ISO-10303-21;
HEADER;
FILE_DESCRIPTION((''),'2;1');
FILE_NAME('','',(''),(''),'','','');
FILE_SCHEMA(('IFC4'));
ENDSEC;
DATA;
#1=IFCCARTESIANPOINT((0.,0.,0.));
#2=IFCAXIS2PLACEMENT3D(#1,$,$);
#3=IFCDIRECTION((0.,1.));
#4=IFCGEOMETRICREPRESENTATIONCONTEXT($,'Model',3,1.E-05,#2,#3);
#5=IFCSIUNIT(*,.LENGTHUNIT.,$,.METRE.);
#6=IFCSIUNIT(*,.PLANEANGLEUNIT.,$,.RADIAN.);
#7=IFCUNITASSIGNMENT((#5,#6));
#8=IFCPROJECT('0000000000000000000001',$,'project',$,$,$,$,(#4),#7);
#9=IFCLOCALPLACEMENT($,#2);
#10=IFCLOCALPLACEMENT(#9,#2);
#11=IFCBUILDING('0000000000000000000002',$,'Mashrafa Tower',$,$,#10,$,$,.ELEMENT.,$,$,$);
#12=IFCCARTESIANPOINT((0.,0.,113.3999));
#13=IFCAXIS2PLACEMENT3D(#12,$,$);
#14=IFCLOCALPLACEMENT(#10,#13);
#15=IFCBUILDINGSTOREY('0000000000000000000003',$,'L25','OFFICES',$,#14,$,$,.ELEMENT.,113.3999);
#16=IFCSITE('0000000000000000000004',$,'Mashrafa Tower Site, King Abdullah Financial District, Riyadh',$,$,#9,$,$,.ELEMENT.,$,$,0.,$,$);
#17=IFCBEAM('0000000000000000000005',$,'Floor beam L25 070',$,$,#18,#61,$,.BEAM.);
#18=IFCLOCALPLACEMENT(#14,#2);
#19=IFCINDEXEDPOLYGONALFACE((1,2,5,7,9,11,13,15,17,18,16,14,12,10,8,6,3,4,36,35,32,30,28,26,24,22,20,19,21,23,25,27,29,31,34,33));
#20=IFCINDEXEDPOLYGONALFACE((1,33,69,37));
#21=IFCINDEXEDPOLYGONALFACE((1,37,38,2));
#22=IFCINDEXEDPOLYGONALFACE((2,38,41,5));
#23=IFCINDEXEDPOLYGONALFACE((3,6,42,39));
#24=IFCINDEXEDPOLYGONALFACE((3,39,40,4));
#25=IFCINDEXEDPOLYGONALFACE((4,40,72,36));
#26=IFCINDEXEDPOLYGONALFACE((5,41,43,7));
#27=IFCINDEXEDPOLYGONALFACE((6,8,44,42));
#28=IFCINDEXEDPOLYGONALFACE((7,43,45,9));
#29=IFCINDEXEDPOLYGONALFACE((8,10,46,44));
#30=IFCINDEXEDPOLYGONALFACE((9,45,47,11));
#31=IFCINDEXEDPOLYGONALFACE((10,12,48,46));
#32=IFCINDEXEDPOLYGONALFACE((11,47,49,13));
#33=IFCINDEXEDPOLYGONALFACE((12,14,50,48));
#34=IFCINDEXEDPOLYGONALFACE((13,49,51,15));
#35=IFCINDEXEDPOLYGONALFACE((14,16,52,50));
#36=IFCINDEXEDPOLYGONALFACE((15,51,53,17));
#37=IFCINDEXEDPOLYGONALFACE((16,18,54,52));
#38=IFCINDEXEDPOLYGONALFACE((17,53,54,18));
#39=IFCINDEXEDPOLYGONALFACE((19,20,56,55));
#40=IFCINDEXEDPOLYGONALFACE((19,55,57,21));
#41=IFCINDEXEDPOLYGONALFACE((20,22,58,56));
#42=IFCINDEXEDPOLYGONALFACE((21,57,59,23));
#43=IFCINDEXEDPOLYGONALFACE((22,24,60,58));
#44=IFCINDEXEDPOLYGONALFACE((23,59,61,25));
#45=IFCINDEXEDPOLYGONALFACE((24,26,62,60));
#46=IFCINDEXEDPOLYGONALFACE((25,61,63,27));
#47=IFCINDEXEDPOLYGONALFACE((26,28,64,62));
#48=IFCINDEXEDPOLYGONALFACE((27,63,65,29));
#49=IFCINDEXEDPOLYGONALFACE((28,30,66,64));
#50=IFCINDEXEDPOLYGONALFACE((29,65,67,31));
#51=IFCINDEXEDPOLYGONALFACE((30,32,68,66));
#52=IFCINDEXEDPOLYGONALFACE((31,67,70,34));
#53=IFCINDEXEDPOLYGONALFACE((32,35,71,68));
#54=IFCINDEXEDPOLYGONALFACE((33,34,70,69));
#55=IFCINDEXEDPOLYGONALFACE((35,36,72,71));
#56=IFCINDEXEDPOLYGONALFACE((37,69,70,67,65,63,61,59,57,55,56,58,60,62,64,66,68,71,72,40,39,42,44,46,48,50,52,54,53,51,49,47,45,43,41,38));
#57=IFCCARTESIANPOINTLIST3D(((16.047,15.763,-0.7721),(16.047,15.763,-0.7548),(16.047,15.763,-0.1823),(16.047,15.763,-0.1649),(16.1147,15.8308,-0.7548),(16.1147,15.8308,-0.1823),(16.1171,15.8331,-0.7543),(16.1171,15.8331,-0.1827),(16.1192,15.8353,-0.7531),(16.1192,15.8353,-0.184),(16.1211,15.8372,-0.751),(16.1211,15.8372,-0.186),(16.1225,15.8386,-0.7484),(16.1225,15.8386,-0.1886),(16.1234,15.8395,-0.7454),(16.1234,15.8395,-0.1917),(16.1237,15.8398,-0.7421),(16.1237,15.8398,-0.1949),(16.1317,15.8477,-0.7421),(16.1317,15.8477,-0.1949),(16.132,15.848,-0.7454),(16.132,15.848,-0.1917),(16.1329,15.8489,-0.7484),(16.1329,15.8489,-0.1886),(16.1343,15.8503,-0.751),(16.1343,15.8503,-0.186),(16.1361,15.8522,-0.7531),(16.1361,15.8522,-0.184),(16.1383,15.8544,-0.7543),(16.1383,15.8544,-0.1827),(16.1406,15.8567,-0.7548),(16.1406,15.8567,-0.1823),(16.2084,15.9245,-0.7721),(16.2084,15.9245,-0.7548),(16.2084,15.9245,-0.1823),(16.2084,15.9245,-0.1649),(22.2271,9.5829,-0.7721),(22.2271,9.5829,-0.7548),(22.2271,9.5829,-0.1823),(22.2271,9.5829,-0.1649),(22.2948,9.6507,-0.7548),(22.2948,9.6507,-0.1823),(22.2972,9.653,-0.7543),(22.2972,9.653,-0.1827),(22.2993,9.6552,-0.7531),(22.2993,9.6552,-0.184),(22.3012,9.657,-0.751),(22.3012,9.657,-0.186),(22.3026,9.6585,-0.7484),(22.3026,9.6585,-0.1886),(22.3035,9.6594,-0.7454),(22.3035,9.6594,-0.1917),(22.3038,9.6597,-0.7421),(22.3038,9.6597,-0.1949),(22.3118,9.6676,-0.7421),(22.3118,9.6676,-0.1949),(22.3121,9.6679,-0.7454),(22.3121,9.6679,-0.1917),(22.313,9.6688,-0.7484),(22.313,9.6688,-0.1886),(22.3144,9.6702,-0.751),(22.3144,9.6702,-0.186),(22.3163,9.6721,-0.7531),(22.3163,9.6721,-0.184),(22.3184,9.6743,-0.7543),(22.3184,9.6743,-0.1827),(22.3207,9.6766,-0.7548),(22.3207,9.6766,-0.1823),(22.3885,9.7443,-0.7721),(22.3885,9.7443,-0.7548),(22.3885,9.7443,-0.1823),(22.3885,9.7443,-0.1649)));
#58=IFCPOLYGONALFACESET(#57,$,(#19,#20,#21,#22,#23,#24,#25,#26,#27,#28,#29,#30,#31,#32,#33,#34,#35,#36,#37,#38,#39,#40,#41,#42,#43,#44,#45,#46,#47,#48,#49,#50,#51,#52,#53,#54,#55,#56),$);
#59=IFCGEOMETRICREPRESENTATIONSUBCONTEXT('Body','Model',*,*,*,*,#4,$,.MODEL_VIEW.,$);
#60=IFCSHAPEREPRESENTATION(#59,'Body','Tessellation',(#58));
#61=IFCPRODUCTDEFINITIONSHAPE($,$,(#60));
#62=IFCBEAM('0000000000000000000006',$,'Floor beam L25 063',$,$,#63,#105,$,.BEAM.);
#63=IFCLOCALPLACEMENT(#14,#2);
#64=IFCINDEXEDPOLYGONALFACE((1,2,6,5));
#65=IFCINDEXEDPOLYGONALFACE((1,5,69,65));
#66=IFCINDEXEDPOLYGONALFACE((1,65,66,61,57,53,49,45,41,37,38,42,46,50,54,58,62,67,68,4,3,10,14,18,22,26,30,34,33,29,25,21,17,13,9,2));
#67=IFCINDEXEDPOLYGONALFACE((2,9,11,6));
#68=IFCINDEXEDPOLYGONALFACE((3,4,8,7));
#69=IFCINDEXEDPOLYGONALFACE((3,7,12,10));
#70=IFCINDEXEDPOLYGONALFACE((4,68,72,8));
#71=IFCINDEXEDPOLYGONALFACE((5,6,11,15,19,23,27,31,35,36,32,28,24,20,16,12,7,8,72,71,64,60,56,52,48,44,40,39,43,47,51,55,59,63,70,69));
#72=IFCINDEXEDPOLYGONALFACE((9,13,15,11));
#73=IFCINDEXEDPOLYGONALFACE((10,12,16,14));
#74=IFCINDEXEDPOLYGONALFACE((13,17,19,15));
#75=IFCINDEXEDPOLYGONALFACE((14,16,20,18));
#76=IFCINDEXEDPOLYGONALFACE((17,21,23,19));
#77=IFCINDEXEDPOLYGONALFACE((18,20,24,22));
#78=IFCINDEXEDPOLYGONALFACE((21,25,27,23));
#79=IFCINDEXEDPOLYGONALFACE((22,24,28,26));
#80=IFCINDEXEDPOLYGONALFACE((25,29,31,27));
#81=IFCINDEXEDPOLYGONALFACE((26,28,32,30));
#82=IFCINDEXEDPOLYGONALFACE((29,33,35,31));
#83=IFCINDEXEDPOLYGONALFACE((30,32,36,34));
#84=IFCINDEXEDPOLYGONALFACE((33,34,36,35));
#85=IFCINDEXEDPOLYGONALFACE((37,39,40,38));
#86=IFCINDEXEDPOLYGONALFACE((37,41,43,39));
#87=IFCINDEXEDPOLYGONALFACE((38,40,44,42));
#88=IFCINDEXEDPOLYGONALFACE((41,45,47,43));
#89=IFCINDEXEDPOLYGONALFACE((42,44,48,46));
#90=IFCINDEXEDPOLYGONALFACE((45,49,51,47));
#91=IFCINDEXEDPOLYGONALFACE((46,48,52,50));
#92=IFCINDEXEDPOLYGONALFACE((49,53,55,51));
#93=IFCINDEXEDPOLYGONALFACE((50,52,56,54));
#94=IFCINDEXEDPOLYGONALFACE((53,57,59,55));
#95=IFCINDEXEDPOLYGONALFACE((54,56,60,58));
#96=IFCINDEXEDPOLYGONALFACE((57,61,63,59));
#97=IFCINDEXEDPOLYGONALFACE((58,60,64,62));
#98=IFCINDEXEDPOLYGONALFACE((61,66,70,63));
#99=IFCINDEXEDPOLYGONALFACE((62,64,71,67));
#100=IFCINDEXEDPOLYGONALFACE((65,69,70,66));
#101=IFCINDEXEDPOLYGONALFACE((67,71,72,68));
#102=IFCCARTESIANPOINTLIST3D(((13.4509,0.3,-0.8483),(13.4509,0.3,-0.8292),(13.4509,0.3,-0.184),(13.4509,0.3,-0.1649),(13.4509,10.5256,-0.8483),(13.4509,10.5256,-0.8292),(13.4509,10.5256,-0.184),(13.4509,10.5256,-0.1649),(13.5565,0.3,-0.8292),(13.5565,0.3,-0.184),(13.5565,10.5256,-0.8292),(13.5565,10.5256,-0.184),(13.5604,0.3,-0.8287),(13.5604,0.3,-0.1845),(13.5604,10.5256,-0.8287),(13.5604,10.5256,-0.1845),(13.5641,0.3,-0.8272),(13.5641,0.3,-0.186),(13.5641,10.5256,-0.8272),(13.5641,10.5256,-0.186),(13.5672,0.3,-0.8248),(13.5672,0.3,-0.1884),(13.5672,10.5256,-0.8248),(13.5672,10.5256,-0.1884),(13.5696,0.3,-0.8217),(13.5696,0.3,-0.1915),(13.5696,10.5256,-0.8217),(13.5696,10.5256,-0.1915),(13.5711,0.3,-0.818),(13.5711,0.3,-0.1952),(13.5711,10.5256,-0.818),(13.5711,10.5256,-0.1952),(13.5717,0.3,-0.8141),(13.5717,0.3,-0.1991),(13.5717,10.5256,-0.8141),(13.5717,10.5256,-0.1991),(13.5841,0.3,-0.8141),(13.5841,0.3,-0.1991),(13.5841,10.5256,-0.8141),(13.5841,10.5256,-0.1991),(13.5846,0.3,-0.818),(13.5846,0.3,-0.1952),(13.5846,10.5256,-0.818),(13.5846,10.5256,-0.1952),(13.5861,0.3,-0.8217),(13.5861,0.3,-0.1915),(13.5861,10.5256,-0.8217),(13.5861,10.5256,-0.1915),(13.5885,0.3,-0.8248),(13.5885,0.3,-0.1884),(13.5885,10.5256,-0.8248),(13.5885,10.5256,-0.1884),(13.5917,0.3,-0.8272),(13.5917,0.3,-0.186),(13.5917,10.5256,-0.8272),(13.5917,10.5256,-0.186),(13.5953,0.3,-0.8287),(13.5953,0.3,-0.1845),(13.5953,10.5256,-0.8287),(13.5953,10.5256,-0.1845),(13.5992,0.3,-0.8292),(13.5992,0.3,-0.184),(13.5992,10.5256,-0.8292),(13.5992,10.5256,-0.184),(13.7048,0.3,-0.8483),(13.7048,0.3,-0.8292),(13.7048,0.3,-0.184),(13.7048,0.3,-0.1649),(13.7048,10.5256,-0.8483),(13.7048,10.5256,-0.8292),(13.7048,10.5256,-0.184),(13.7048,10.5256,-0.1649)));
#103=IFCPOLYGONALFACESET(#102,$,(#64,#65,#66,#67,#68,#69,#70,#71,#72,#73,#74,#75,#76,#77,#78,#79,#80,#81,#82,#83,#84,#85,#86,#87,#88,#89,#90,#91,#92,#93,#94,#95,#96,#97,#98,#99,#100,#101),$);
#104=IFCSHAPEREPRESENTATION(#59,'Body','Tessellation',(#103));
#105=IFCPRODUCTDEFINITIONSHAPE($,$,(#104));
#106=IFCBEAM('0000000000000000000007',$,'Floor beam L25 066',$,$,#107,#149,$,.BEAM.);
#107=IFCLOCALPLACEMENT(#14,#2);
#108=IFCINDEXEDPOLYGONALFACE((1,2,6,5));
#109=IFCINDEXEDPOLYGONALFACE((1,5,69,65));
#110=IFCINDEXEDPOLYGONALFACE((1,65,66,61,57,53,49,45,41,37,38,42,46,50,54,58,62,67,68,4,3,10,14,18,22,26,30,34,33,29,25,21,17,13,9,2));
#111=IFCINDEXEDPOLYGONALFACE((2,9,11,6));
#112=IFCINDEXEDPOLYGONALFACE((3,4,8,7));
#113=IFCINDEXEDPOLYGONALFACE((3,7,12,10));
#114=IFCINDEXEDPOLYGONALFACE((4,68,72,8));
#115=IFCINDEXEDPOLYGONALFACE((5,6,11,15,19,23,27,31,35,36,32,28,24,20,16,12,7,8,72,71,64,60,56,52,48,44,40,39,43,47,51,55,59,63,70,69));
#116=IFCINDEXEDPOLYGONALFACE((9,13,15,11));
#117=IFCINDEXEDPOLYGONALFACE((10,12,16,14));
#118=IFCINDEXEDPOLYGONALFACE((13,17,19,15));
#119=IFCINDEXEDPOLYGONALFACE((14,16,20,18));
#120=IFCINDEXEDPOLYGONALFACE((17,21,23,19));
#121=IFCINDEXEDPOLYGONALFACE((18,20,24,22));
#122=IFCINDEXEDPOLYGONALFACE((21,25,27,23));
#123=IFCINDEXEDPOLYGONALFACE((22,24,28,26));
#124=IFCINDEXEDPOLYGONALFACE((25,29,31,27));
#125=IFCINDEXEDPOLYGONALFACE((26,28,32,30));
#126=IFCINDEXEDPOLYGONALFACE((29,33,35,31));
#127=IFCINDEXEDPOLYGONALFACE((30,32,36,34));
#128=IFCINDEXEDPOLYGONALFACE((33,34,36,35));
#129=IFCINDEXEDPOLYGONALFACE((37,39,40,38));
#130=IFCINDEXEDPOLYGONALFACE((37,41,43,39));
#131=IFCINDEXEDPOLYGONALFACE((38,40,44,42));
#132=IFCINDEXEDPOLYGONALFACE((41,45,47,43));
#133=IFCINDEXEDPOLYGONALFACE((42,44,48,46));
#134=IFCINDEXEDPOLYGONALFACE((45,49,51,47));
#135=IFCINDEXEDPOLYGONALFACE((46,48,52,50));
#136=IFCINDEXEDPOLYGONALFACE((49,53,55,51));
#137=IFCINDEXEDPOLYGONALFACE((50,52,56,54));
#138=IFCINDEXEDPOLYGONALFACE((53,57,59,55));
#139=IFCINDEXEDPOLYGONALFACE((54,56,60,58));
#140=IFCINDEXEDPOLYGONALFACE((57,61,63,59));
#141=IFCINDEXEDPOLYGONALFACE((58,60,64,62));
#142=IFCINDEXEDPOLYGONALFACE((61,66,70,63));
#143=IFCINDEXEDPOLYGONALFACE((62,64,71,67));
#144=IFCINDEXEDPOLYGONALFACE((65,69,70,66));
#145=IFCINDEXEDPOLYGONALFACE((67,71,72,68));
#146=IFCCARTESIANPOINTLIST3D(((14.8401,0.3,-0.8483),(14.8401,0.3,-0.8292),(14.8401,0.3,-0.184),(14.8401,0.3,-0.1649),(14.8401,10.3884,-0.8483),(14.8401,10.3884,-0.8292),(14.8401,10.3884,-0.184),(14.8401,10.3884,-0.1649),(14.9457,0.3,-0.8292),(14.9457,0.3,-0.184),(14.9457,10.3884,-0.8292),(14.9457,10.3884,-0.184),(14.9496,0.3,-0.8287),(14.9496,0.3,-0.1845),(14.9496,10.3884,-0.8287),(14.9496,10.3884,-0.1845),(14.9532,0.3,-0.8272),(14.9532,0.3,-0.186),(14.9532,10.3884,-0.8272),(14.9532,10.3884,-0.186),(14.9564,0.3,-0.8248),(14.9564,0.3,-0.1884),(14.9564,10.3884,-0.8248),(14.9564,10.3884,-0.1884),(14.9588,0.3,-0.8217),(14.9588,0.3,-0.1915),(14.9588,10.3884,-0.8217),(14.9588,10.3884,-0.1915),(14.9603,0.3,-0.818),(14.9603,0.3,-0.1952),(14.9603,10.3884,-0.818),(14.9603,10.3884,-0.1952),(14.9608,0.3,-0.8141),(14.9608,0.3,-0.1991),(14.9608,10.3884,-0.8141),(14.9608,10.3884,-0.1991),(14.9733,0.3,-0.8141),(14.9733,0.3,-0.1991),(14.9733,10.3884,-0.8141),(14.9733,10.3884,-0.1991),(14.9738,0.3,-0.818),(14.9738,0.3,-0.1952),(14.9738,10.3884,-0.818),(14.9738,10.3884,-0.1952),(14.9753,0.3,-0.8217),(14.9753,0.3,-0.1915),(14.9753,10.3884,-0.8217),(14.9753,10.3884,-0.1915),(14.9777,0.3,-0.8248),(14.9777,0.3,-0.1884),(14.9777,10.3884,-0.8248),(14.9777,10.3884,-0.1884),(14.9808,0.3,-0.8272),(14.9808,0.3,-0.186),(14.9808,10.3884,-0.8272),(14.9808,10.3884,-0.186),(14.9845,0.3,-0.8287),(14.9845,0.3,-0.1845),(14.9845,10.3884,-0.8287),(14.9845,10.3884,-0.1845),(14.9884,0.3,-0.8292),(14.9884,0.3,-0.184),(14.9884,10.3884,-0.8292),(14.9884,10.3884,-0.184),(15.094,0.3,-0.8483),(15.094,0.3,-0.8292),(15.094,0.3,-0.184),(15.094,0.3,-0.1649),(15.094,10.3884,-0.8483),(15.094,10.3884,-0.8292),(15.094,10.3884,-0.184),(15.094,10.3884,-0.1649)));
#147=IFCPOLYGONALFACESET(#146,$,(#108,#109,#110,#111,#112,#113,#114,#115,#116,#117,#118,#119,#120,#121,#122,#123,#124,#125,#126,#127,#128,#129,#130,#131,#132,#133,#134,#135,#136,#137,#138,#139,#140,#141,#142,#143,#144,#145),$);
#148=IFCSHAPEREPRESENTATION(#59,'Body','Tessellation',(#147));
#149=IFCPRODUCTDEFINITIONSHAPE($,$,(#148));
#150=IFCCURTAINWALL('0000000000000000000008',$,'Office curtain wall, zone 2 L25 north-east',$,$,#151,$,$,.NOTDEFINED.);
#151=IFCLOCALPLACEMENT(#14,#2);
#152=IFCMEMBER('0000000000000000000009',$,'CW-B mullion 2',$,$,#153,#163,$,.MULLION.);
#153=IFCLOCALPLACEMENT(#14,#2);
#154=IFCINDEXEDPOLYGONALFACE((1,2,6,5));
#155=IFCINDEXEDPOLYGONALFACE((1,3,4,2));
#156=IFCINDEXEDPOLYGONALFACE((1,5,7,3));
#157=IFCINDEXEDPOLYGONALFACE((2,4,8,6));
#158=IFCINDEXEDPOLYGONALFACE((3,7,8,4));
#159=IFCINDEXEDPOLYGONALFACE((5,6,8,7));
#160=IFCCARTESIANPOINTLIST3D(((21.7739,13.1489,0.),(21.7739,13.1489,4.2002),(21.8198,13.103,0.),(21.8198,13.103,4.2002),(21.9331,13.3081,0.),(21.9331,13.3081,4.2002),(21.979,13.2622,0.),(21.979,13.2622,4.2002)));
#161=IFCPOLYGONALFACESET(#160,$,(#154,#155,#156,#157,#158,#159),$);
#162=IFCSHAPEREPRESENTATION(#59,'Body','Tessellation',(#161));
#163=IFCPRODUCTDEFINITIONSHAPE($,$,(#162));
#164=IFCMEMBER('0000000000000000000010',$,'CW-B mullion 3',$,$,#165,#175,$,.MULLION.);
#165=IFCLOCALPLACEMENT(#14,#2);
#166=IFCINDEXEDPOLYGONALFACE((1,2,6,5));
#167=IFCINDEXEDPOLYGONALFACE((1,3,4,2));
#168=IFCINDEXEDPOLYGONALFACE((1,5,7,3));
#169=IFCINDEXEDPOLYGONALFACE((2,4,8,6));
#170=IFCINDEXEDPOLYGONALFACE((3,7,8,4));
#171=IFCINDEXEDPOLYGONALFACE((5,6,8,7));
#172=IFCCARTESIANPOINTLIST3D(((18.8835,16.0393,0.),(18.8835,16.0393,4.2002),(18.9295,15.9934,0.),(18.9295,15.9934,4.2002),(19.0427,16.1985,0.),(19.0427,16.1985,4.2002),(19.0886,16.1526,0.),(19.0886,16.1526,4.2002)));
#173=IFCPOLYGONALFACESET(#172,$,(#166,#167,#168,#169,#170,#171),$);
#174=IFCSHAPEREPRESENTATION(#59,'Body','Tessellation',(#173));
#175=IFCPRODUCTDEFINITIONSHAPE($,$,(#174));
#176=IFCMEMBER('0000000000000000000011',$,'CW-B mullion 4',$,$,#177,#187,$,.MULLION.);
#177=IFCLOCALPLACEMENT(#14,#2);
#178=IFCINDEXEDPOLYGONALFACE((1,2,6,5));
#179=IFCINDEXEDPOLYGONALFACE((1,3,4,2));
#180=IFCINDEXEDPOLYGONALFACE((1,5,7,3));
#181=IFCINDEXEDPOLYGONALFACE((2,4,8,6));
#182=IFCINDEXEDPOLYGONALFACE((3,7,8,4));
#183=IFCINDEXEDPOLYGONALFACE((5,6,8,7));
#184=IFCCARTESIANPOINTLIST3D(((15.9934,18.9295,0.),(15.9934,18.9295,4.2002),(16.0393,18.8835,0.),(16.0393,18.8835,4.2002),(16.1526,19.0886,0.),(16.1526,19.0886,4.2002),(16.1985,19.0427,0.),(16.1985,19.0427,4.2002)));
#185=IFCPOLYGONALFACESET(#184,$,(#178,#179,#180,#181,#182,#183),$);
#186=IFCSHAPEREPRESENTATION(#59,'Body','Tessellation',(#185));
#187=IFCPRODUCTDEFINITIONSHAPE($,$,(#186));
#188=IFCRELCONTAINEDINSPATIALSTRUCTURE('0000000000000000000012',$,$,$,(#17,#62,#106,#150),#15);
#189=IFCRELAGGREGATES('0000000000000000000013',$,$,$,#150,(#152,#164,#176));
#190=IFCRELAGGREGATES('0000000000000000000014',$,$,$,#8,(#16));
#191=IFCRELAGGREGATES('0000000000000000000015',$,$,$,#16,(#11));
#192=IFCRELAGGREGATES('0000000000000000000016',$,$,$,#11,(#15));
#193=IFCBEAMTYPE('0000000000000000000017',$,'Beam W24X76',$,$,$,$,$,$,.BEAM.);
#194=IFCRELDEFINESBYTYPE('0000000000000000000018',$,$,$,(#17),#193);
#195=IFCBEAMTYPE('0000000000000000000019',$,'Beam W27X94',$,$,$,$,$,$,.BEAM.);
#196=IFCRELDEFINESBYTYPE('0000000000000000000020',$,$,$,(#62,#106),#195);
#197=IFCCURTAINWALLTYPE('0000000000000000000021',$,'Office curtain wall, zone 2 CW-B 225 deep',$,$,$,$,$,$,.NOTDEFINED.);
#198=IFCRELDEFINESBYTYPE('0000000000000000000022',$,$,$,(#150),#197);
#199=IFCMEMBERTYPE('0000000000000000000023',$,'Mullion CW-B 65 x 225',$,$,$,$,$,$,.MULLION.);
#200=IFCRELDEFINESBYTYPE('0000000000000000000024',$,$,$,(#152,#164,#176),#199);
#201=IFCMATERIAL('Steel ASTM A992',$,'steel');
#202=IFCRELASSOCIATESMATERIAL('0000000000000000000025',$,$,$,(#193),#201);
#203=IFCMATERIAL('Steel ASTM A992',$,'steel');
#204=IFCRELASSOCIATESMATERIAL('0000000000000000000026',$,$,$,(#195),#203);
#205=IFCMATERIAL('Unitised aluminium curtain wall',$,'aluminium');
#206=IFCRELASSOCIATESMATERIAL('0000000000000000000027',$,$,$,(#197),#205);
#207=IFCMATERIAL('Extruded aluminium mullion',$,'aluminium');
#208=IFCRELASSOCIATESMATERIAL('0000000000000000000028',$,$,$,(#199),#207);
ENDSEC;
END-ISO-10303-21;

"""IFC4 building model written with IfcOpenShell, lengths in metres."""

from ifc_helpers import new_model, si_unit, direction, frame, origin, origin_2d, place, context, subcontext, project, spatial, rectangle, i_section, extrude, source, transform, mapped, material, material_profile, profile_set, type_object, type_shapes, element, aggregate, save


model = new_model("IFC4")

# Units and contexts
model_context = context("Model", 3, precision=1e-05, world=origin(), true_north=direction((0.0, 1.0)))
body_context = subcontext(model_context, "Body", "Model", "MODEL_VIEW")
ifc_project = project(units=[si_unit("LENGTHUNIT", "METRE"), si_unit("PLANEANGLEUNIT", "RADIAN")], contexts=[model_context])

# Site, building, storey
site_placement = place(None, origin())
site = spatial("IfcSite", under=ifc_project, at=site_placement, Name="Mashrafa Tower Site, King Abdullah Financial District, Riyadh", CompositionType="ELEMENT", RefElevation=0.0)
building_placement = place(site_placement, origin())
building = spatial("IfcBuilding", under=site, at=building_placement, Name="Mashrafa Tower", CompositionType="ELEMENT")
storey_placement = place(building_placement, frame((0.0, 0.0, 113.3999)))
storey = spatial("IfcBuildingStorey", under=building, at=storey_placement, Name="L25", Description="OFFICES", CompositionType="ELEMENT", Elevation=113.3999)

# Beams
ifc_material_1 = material(Name="Steel ASTM A992", Category="steel")
ifc_material_profile_1 = material_profile(ifc_material_1, i_section(OverallWidth=0.2283, OverallDepth=0.6072, WebThickness=0.0112, FlangeThickness=0.0173, FilletRadius=0.0127, at=origin_2d()), Name="W24X76")
ifc_profile_set_1 = profile_set([ifc_material_profile_1], Name="Steel ASTM A992")
beam_type_1 = type_object("IfcBeamType", Name="Beam W24X76", PredefinedType="BEAM", material=ifc_profile_set_1)
beam_1_placement = place(storey_placement, frame((16.1277, 15.8438, -0.4685), z_axis=(0.707107, -0.707107, 0.0), x_axis=(0.707107, 0.707107, 0.0)))
element("IfcBeam", 1, at=beam_1_placement, inside=storey, type_object=beam_type_1, Name="Floor beam L25 070", PredefinedType="BEAM", context=body_context, shape_type="SweptSolid", body=[
    extrude(i_section(OverallWidth=0.2283, OverallDepth=0.6072, WebThickness=0.0112, FlangeThickness=0.0173, FilletRadius=0.0127, at=origin_2d()), origin(), (0.0, 0.0, 1.0), 8.74),
])
ifc_material_2 = material(Name="Steel ASTM A992", Category="steel")
ifc_material_profile_2 = material_profile(ifc_material_2, i_section(OverallWidth=0.2539, OverallDepth=0.6833, WebThickness=0.0125, FlangeThickness=0.019, FilletRadius=0.0151, at=origin_2d()), Name="W27X94")
ifc_profile_set_2 = profile_set([ifc_material_profile_2], Name="Steel ASTM A992")
beam_type_2 = type_object("IfcBeamType", Name="Beam W27X94", PredefinedType="BEAM", material=ifc_profile_set_2)
beam_2_placement = place(storey_placement, frame((13.5779, 10.5256, -0.5066), z_axis=(0.0, -1.0, 0.0), x_axis=(1.0, 0.0, 0.0)))
element("IfcBeam", 2, at=beam_2_placement, inside=storey, type_object=beam_type_2, Name="Floor beam L25 063", PredefinedType="BEAM", context=body_context, shape_type="SweptSolid", body=[
    extrude(i_section(OverallWidth=0.2539, OverallDepth=0.6833, WebThickness=0.0125, FlangeThickness=0.019, FilletRadius=0.0151, at=origin_2d()), origin(), (0.0, 0.0, 1.0), 10.2256),
])
beam_3_placement = place(storey_placement, frame((14.967, 10.3884, -0.5066), z_axis=(0.0, -1.0, 0.0), x_axis=(1.0, 0.0, 0.0)))
element("IfcBeam", 3, at=beam_3_placement, inside=storey, type_object=beam_type_2, Name="Floor beam L25 066", PredefinedType="BEAM", context=body_context, shape_type="SweptSolid", body=[
    extrude(i_section(OverallWidth=0.2539, OverallDepth=0.6833, WebThickness=0.0125, FlangeThickness=0.019, FilletRadius=0.0151, at=origin_2d()), origin(), (0.0, 0.0, 1.0), 10.0884),
])

# Curtain wall, members
ifc_material_3 = material(Name="Unitised aluminium curtain wall", Category="aluminium")
curtain_wall_type = type_object("IfcCurtainWallType", Name="Office curtain wall, zone 2 CW-B 225 deep", PredefinedType="NOTDEFINED", material=ifc_material_3)
curtain_wall_placement = place(storey_placement, origin())
curtain_wall = element("IfcCurtainWall", 4, at=curtain_wall_placement, inside=storey, type_object=curtain_wall_type, Name="Office curtain wall, zone 2 L25 north-east", PredefinedType="NOTDEFINED")
ifc_material_4 = material(Name="Extruded aluminium mullion", Category="aluminium")
ifc_material_profile_3 = material_profile(ifc_material_4, rectangle(XDim=0.2251, YDim=0.0649, at=origin_2d()), Name="Mullion 65x225")
ifc_profile_set_3 = profile_set([ifc_material_profile_3], Name="Extruded aluminium mullion")
member_type_1 = type_object("IfcMemberType", Name="Mullion CW-B 65 x 225", PredefinedType="MULLION", material=ifc_profile_set_3)
shared_shape_1 = source(origin(), body_context, "Body", "SweptSolid", [
    extrude(rectangle(XDim=0.2251, YDim=0.0649, at=origin_2d()), origin(), (0.0, 0.0, 1.0), 4.2002),
])
type_shapes(member_type_1, [shared_shape_1])
member_1_placement = place(storey_placement, frame((21.8765, 13.2056, 0.0), z_axis=(0.0, 0.0, 1.0), x_axis=(-0.707107, -0.707107, 0.0)))
member_1 = element("IfcMember", 5, at=member_1_placement, type_object=member_type_1, Name="CW-B mullion 2", PredefinedType="MULLION", context=body_context, shape_type="MappedRepresentation", body=[
    mapped(shared_shape_1, transform((0.0, 0.0, 0.0))),
])
member_2_placement = place(storey_placement, frame((18.9861, 16.0959, 0.0), z_axis=(0.0, 0.0, 1.0), x_axis=(-0.707107, -0.707107, 0.0)))
member_2 = element("IfcMember", 6, at=member_2_placement, type_object=member_type_1, Name="CW-B mullion 3", PredefinedType="MULLION", context=body_context, shape_type="MappedRepresentation", body=[
    mapped(shared_shape_1, transform((0.0, 0.0, 0.0))),
])
member_3_placement = place(storey_placement, frame((16.0959, 18.9861, 0.0), z_axis=(0.0, 0.0, 1.0), x_axis=(-0.707107, -0.707107, 0.0)))
member_3 = element("IfcMember", 7, at=member_3_placement, type_object=member_type_1, Name="CW-B mullion 4", PredefinedType="MULLION", context=body_context, shape_type="MappedRepresentation", body=[
    mapped(shared_shape_1, transform((0.0, 0.0, 0.0))),
])
aggregate(curtain_wall, [member_1, member_2, member_3])

save(model, "model.ifc")
